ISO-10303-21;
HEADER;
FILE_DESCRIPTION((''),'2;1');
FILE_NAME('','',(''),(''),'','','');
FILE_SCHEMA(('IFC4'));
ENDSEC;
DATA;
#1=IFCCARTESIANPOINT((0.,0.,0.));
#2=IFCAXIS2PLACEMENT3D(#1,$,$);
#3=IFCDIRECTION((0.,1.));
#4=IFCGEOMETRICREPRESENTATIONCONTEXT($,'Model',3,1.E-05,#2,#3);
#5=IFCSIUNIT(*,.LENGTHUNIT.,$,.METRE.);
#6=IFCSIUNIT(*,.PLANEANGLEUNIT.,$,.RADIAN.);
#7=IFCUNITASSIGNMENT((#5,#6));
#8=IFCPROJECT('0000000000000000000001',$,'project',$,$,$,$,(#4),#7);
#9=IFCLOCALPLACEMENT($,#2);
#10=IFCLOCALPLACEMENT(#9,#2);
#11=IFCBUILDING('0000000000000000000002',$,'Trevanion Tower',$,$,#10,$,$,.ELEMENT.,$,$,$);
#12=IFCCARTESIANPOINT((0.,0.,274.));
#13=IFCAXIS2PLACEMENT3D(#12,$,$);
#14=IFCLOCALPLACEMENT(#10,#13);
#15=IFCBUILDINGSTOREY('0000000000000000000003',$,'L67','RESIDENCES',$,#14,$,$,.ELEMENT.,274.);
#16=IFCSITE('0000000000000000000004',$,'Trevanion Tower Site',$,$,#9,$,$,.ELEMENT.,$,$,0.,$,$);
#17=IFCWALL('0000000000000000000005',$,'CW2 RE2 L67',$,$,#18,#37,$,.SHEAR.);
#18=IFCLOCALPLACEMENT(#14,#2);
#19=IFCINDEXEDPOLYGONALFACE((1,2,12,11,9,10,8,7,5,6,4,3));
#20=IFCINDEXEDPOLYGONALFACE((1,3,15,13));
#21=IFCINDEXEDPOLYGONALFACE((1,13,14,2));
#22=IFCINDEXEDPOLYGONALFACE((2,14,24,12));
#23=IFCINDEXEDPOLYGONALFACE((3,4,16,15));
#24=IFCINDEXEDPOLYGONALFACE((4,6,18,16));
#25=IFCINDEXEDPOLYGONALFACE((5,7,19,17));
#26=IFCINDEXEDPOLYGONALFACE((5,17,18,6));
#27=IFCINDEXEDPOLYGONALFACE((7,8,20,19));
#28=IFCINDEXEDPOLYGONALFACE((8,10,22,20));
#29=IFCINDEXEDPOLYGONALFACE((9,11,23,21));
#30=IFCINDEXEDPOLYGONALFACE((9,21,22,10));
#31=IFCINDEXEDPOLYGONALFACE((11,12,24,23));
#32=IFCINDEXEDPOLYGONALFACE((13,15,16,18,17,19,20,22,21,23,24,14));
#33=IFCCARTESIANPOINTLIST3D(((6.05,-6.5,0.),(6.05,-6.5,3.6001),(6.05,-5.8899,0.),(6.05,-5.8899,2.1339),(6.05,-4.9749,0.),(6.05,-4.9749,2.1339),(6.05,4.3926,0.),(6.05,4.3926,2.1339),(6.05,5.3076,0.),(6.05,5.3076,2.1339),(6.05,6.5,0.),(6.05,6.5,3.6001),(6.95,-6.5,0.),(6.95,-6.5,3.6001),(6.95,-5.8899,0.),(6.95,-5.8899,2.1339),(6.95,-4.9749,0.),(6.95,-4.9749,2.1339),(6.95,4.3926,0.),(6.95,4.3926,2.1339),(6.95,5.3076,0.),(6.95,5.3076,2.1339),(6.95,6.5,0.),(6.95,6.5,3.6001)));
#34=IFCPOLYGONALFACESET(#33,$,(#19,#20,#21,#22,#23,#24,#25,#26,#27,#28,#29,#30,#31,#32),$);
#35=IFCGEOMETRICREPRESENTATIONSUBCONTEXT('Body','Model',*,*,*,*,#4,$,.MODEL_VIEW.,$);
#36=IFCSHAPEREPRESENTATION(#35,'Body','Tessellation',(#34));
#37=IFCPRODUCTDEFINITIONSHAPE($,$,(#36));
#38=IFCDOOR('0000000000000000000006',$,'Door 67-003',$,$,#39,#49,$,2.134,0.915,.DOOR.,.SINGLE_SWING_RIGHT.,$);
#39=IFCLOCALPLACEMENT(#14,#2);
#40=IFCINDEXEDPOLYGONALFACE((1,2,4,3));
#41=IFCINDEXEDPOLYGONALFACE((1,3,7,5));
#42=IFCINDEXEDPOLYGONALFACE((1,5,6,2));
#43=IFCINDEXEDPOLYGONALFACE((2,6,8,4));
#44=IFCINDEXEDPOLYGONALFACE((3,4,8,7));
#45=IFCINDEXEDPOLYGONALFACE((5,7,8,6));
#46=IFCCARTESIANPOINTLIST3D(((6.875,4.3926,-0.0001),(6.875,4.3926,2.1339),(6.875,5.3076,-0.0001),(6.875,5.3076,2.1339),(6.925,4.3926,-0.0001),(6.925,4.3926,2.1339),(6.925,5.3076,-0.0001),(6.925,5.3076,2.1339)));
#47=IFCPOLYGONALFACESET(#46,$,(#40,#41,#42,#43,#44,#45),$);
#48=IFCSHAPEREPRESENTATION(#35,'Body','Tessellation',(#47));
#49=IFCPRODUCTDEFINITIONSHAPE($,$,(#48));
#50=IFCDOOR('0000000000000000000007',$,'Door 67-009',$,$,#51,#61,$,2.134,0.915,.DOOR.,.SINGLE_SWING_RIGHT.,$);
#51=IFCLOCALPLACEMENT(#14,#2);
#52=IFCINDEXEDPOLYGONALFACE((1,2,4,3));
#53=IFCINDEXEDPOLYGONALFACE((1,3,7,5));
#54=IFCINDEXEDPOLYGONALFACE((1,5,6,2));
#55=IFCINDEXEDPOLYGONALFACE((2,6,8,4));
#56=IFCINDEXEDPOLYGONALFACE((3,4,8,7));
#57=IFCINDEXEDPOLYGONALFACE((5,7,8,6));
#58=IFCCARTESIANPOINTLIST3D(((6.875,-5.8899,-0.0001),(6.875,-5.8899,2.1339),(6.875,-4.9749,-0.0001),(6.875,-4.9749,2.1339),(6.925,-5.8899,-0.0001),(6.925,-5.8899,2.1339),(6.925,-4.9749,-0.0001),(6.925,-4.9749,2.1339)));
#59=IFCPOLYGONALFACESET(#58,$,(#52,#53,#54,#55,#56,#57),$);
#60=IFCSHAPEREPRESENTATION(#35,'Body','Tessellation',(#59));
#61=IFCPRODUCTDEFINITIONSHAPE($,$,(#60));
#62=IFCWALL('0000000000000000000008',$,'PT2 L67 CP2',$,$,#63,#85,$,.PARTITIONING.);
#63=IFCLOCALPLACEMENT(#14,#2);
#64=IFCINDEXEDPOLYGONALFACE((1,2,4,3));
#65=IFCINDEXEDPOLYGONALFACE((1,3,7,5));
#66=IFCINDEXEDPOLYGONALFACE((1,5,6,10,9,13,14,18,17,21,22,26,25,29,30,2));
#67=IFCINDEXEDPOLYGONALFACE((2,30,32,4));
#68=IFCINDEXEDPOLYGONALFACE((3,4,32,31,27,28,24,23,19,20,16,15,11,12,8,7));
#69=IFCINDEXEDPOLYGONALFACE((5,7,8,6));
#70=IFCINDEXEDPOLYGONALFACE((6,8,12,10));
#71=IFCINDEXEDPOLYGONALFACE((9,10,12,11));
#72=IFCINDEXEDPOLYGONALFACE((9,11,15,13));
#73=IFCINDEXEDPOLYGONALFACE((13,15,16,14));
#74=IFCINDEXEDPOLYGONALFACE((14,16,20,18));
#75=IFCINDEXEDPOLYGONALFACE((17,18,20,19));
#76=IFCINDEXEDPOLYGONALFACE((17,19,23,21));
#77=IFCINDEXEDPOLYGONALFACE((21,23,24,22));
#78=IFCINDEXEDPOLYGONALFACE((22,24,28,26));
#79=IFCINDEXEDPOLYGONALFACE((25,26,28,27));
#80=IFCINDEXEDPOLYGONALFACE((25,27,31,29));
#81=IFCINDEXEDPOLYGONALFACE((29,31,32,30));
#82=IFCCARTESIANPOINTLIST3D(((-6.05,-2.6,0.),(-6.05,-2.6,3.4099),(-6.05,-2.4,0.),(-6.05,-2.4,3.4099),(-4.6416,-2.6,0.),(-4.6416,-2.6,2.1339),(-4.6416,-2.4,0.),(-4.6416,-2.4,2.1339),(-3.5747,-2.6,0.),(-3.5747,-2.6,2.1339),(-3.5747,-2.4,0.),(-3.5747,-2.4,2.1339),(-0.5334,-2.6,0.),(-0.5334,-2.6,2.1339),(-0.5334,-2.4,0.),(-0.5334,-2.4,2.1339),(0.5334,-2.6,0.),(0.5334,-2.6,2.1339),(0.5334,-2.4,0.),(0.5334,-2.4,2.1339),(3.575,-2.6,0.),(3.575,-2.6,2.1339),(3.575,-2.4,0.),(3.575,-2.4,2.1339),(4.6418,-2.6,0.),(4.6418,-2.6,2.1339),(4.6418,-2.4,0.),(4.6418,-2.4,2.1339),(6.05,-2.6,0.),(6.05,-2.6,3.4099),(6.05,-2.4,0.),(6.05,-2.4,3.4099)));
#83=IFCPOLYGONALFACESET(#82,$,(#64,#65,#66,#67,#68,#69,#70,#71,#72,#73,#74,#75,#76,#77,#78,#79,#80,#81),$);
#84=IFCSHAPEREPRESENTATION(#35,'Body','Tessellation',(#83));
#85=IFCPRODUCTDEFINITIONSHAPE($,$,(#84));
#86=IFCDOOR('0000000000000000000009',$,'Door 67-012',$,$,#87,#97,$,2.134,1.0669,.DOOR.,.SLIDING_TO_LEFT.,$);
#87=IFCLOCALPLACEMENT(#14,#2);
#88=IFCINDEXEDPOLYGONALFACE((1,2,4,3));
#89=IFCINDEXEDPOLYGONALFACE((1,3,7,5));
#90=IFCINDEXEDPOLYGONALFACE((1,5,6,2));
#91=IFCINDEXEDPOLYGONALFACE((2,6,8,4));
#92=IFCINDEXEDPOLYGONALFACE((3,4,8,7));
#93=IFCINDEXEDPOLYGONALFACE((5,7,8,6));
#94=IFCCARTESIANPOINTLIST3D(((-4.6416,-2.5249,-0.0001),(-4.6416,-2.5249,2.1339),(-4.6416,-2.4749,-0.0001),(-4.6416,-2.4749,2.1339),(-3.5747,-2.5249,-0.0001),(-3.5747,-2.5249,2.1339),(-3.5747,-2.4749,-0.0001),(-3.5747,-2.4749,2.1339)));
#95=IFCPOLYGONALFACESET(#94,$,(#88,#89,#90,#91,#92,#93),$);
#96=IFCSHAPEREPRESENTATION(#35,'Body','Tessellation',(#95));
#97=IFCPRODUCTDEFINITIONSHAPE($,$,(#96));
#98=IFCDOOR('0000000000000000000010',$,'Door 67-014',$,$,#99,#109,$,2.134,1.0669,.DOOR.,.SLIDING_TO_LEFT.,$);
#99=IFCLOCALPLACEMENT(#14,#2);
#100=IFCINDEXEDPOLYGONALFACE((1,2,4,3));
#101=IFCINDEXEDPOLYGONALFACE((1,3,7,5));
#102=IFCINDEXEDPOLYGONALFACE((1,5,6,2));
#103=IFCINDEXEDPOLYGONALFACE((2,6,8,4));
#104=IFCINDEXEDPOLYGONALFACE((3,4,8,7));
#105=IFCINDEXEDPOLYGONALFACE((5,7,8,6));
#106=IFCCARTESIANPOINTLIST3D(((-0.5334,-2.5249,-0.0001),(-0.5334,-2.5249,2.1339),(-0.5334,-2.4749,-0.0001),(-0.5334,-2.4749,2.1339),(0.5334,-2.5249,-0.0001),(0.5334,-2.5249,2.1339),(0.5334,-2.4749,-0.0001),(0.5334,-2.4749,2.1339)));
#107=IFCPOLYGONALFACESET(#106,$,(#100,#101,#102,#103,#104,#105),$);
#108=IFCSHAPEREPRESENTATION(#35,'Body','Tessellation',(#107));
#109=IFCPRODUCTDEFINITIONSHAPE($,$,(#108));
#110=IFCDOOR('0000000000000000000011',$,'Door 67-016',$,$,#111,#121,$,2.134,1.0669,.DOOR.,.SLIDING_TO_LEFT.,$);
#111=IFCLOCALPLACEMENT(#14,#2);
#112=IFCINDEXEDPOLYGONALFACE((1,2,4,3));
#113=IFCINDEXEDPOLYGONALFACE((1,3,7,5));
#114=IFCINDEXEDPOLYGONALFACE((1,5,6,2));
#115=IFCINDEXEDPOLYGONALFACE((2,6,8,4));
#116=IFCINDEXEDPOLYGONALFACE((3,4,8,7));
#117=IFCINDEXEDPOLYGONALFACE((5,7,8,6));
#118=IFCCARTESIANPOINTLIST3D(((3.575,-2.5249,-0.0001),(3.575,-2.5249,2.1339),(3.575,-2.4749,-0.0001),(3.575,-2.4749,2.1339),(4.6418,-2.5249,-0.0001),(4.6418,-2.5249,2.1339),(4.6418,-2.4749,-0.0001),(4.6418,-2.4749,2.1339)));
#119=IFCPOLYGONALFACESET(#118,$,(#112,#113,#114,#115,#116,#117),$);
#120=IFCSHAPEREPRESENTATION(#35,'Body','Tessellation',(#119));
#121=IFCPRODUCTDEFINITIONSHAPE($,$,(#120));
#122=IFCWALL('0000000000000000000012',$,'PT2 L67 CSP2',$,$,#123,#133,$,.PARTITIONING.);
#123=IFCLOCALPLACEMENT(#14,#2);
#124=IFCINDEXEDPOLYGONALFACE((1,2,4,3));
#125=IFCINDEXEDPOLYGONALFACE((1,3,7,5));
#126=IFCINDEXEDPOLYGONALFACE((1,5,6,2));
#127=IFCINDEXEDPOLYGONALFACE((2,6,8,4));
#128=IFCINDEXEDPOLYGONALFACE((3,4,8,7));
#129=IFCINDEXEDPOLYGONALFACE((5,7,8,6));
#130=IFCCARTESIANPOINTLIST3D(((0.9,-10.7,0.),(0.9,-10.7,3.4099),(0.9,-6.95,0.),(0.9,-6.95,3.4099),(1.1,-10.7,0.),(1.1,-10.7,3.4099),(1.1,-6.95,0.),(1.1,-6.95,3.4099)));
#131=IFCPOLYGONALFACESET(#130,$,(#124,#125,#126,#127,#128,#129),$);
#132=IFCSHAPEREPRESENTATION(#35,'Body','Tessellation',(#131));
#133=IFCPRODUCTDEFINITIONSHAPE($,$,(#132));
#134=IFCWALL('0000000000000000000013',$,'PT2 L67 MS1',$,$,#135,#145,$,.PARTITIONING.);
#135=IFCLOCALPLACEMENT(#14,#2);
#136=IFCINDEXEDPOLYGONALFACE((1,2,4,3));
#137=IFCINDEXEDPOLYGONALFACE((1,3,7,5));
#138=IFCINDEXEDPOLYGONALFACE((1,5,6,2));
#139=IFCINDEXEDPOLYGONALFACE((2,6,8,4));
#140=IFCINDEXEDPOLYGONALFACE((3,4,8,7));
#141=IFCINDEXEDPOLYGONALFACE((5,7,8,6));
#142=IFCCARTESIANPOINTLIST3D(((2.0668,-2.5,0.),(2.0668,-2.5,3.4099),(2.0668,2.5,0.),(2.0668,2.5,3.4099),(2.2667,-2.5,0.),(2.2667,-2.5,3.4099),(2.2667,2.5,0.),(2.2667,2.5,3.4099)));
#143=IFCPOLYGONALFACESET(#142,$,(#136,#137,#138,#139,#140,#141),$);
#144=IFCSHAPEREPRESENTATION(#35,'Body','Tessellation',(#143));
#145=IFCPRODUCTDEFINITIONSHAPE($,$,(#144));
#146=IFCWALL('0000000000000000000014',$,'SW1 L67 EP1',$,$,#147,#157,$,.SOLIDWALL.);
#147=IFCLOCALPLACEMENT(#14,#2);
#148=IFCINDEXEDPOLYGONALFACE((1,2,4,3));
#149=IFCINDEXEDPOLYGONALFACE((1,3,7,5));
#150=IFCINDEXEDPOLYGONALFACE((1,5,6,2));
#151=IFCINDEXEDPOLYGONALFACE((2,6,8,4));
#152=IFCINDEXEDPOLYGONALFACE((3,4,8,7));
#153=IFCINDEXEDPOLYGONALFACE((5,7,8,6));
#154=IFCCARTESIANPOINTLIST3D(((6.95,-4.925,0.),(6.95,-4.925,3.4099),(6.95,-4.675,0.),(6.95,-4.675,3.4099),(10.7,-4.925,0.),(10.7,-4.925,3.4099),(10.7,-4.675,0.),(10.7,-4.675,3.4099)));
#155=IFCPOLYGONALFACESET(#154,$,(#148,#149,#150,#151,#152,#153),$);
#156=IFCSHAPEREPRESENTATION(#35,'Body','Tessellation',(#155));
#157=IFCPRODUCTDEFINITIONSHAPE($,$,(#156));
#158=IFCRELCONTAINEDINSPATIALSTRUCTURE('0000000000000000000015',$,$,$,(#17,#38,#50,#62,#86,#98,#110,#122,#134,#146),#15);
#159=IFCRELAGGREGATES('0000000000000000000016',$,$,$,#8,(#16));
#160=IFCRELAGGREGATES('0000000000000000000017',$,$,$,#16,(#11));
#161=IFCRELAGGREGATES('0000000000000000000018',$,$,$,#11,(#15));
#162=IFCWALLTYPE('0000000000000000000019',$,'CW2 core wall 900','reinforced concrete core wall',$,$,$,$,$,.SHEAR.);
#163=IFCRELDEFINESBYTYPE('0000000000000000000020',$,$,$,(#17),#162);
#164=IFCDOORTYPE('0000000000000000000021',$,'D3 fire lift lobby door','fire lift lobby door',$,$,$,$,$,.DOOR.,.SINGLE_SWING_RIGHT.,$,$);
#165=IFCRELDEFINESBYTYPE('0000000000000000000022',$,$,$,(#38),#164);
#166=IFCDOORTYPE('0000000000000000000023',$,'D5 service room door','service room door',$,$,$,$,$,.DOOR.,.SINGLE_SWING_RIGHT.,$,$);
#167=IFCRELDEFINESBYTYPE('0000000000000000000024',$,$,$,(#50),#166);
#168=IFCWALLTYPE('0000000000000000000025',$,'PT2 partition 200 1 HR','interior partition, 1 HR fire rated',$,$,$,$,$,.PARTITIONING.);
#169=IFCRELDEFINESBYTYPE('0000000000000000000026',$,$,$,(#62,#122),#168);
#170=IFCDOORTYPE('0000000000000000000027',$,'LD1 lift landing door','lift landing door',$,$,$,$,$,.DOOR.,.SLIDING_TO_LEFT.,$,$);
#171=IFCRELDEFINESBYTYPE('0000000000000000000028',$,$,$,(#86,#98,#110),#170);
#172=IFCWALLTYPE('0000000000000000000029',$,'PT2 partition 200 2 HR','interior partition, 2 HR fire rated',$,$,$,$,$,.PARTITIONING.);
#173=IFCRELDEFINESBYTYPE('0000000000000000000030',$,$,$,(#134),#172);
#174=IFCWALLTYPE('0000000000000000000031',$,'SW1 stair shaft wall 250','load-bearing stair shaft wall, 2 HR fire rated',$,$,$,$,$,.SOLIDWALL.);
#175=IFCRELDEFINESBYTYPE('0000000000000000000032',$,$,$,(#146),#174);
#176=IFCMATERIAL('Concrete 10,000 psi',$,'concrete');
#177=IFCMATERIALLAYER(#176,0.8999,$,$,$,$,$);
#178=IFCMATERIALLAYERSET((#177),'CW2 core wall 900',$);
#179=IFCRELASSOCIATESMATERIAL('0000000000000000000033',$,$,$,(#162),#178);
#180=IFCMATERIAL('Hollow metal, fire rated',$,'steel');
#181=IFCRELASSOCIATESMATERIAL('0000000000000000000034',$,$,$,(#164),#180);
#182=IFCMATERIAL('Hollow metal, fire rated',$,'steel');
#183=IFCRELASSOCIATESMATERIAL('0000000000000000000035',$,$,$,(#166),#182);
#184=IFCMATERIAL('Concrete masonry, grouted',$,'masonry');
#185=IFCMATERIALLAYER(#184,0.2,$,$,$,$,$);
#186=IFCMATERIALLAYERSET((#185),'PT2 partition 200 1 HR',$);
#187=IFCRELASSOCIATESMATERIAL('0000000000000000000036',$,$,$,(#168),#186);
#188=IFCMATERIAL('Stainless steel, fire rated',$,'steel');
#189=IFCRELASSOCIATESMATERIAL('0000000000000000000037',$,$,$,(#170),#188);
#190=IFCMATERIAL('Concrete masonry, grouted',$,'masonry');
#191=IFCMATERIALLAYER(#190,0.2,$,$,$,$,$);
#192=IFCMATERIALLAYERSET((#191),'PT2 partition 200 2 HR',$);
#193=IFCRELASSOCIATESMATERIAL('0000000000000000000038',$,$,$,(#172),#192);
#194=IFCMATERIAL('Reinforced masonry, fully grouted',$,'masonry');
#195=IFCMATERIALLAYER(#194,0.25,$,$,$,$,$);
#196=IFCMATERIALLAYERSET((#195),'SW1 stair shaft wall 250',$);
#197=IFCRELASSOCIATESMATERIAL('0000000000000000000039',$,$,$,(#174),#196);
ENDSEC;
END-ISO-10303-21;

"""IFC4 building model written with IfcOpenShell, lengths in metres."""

from ifc_helpers import new_model, si_unit, direction, frame, frame_2d, origin, place, context, subcontext, project, spatial, rectangle, extrude, material, layer, layer_set, type_object, element, fill, save


model = new_model("IFC4")

# Units and contexts
model_context = context("Model", 3, precision=1e-05, world=origin(), true_north=direction((0.0, 1.0)))
body_context = subcontext(model_context, "Body", "Model", "MODEL_VIEW")
ifc_project = project(units=[si_unit("LENGTHUNIT", "METRE"), si_unit("PLANEANGLEUNIT", "RADIAN")], contexts=[model_context])

# Site, building, storey
site_placement = place(None, origin())
site = spatial("IfcSite", under=ifc_project, at=site_placement, Name="Trevanion Tower Site", CompositionType="ELEMENT", RefElevation=0.0)
building_placement = place(site_placement, origin())
building = spatial("IfcBuilding", under=site, at=building_placement, Name="Trevanion Tower", CompositionType="ELEMENT")
storey_placement = place(building_placement, frame((0.0, 0.0, 274.0)))
storey = spatial("IfcBuildingStorey", under=building, at=storey_placement, Name="L67", Description="RESIDENCES", CompositionType="ELEMENT", Elevation=274.0)

# Walls, openings, doors
ifc_material_1 = material(Name="Concrete 10,000 psi", Category="concrete")
ifc_layer_1 = layer(ifc_material_1, 0.8999)
ifc_layer_set_1 = layer_set([ifc_layer_1], Name="CW2 core wall 900")
wall_type_1 = type_object("IfcWallType", Name="CW2 core wall 900", Description="reinforced concrete core wall", PredefinedType="SHEAR", material=ifc_layer_set_1)
wall_1_placement = place(storey_placement, frame((6.5, -6.5, 0.0), z_axis=(0.0, 0.0, 1.0), x_axis=(0.0, 1.0, 0.0)))
wall_1 = element("IfcWall", 1, at=wall_1_placement, inside=storey, type_object=wall_type_1, Name="CW2 RE2 L67", PredefinedType="SHEAR", context=body_context, shape_type="SweptSolid", body=[
    extrude(rectangle(XDim=13.0, YDim=0.8999, at=frame_2d((6.5, 0.0))), origin(), (0.0, 0.0, 1.0), 3.6001),
])
opening_1_placement = place(wall_1_placement, frame((10.8926, 0.0, 0.0)))
opening_1 = element("IfcOpeningElement", 2, at=opening_1_placement, cuts=wall_1, PredefinedType="OPENING", context=body_context, shape_type="SweptSolid", body=[
    extrude(rectangle(XDim=0.915, YDim=2.134, at=frame_2d((0.4575, 1.0669))), frame((0.0, 0.46, 0.0), z_axis=(0.0, -1.0, 0.0), x_axis=(1.0, 0.0, 0.0)), (0.0, 0.0, 1.0), 0.9199),
])
opening_2_placement = place(wall_1_placement, frame((0.6101, 0.0, 0.0)))
opening_2 = element("IfcOpeningElement", 3, at=opening_2_placement, cuts=wall_1, PredefinedType="OPENING", context=body_context, shape_type="SweptSolid", body=[
    extrude(rectangle(XDim=0.915, YDim=2.134, at=frame_2d((0.4575, 1.0669))), frame((0.0, 0.46, 0.0), z_axis=(0.0, -1.0, 0.0), x_axis=(1.0, 0.0, 0.0)), (0.0, 0.0, 1.0), 0.9199),
])
ifc_material_2 = material(Name="Hollow metal, fire rated", Category="steel")
door_type_1 = type_object("IfcDoorType", Name="D3 fire lift lobby door", Description="fire lift lobby door", OperationType="SINGLE_SWING_RIGHT", PredefinedType="DOOR", material=ifc_material_2)
door_1_placement = place(opening_1_placement, origin())
door_1 = element("IfcDoor", 4, at=door_1_placement, inside=storey, type_object=door_type_1, Name="Door 67-003", OperationType="SINGLE_SWING_RIGHT", OverallHeight=2.134, OverallWidth=0.915, PredefinedType="DOOR", context=body_context, shape_type="SweptSolid", body=[
    extrude(rectangle(XDim=0.915, YDim=2.134, at=frame_2d((0.4575, 1.0669))), frame((0.0, -0.375, 0.0), z_axis=(0.0, -1.0, 0.0), x_axis=(1.0, 0.0, 0.0)), (0.0, 0.0, 1.0), 0.05),
])
fill(opening_1, door_1)
ifc_material_3 = material(Name="Hollow metal, fire rated", Category="steel")
door_type_2 = type_object("IfcDoorType", Name="D5 service room door", Description="service room door", OperationType="SINGLE_SWING_RIGHT", PredefinedType="DOOR", material=ifc_material_3)
door_2_placement = place(opening_2_placement, origin())
door_2 = element("IfcDoor", 5, at=door_2_placement, inside=storey, type_object=door_type_2, Name="Door 67-009", OperationType="SINGLE_SWING_RIGHT", OverallHeight=2.134, OverallWidth=0.915, PredefinedType="DOOR", context=body_context, shape_type="SweptSolid", body=[
    extrude(rectangle(XDim=0.915, YDim=2.134, at=frame_2d((0.4575, 1.0669))), frame((0.0, -0.375, 0.0), z_axis=(0.0, -1.0, 0.0), x_axis=(1.0, 0.0, 0.0)), (0.0, 0.0, 1.0), 0.05),
])
fill(opening_2, door_2)
ifc_material_4 = material(Name="Concrete masonry, grouted", Category="masonry")
ifc_layer_2 = layer(ifc_material_4, 0.2)
ifc_layer_set_2 = layer_set([ifc_layer_2], Name="PT2 partition 200 1 HR")
wall_type_2 = type_object("IfcWallType", Name="PT2 partition 200 1 HR", Description="interior partition, 1 HR fire rated", PredefinedType="PARTITIONING", material=ifc_layer_set_2)
wall_2_placement = place(storey_placement, frame((6.05, -2.5, 0.0), z_axis=(0.0, 0.0, 1.0), x_axis=(-1.0, 0.0, 0.0)))
wall_2 = element("IfcWall", 6, at=wall_2_placement, inside=storey, type_object=wall_type_2, Name="PT2 L67 CP2", PredefinedType="PARTITIONING", context=body_context, shape_type="SweptSolid", body=[
    extrude(rectangle(XDim=12.1001, YDim=0.2, at=frame_2d((6.05, 0.0))), origin(), (0.0, 0.0, 1.0), 3.4099),
])
opening_3_placement = place(wall_2_placement, frame((9.6248, 0.0, 0.0)))
opening_3 = element("IfcOpeningElement", 7, at=opening_3_placement, cuts=wall_2, PredefinedType="OPENING", context=body_context, shape_type="SweptSolid", body=[
    extrude(rectangle(XDim=1.0669, YDim=2.134, at=frame_2d((0.5334, 1.0669))), frame((0.0, 0.1099, 0.0), z_axis=(0.0, -1.0, 0.0), x_axis=(1.0, 0.0, 0.0)), (0.0, 0.0, 1.0), 0.22),
])
opening_4_placement = place(wall_2_placement, frame((5.5166, 0.0, 0.0)))
opening_4 = element("IfcOpeningElement", 8, at=opening_4_placement, cuts=wall_2, PredefinedType="OPENING", context=body_context, shape_type="SweptSolid", body=[
    extrude(rectangle(XDim=1.0669, YDim=2.134, at=frame_2d((0.5334, 1.0669))), frame((0.0, 0.1099, 0.0), z_axis=(0.0, -1.0, 0.0), x_axis=(1.0, 0.0, 0.0)), (0.0, 0.0, 1.0), 0.22),
])
opening_5_placement = place(wall_2_placement, frame((1.4082, 0.0, 0.0)))
opening_5 = element("IfcOpeningElement", 9, at=opening_5_placement, cuts=wall_2, PredefinedType="OPENING", context=body_context, shape_type="SweptSolid", body=[
    extrude(rectangle(XDim=1.0669, YDim=2.134, at=frame_2d((0.5334, 1.0669))), frame((0.0, 0.1099, 0.0), z_axis=(0.0, -1.0, 0.0), x_axis=(1.0, 0.0, 0.0)), (0.0, 0.0, 1.0), 0.22),
])
ifc_material_5 = material(Name="Stainless steel, fire rated", Category="steel")
door_type_3 = type_object("IfcDoorType", Name="LD1 lift landing door", Description="lift landing door", OperationType="SLIDING_TO_LEFT", PredefinedType="DOOR", material=ifc_material_5)
door_3_placement = place(opening_3_placement, origin())
door_3 = element("IfcDoor", 10, at=door_3_placement, inside=storey, type_object=door_type_3, Name="Door 67-012", OperationType="SLIDING_TO_LEFT", OverallHeight=2.134, OverallWidth=1.0669, PredefinedType="DOOR", context=body_context, shape_type="SweptSolid", body=[
    extrude(rectangle(XDim=1.0669, YDim=2.134, at=frame_2d((0.5334, 1.0669))), frame((0.0, 0.0249, 0.0), z_axis=(0.0, -1.0, 0.0), x_axis=(1.0, 0.0, 0.0)), (0.0, 0.0, 1.0), 0.05),
])
fill(opening_3, door_3)
door_4_placement = place(opening_4_placement, origin())
door_4 = element("IfcDoor", 11, at=door_4_placement, inside=storey, type_object=door_type_3, Name="Door 67-014", OperationType="SLIDING_TO_LEFT", OverallHeight=2.134, OverallWidth=1.0669, PredefinedType="DOOR", context=body_context, shape_type="SweptSolid", body=[
    extrude(rectangle(XDim=1.0669, YDim=2.134, at=frame_2d((0.5334, 1.0669))), frame((0.0, 0.0249, 0.0), z_axis=(0.0, -1.0, 0.0), x_axis=(1.0, 0.0, 0.0)), (0.0, 0.0, 1.0), 0.05),
])
fill(opening_4, door_4)
door_5_placement = place(opening_5_placement, origin())
door_5 = element("IfcDoor", 12, at=door_5_placement, inside=storey, type_object=door_type_3, Name="Door 67-016", OperationType="SLIDING_TO_LEFT", OverallHeight=2.134, OverallWidth=1.0669, PredefinedType="DOOR", context=body_context, shape_type="SweptSolid", body=[
    extrude(rectangle(XDim=1.0669, YDim=2.134, at=frame_2d((0.5334, 1.0669))), frame((0.0, 0.0249, 0.0), z_axis=(0.0, -1.0, 0.0), x_axis=(1.0, 0.0, 0.0)), (0.0, 0.0, 1.0), 0.05),
])
fill(opening_5, door_5)

# Walls
wall_3_placement = place(storey_placement, frame((1.0, -6.95, 0.0), z_axis=(0.0, 0.0, 1.0), x_axis=(0.0, -1.0, 0.0)))
element("IfcWall", 13, at=wall_3_placement, inside=storey, type_object=wall_type_2, Name="PT2 L67 CSP2", PredefinedType="PARTITIONING", context=body_context, shape_type="SweptSolid", body=[
    extrude(rectangle(XDim=3.75, YDim=0.2, at=frame_2d((1.875, 0.0))), origin(), (0.0, 0.0, 1.0), 3.4099),
])
ifc_material_6 = material(Name="Concrete masonry, grouted", Category="masonry")
ifc_layer_3 = layer(ifc_material_6, 0.2)
ifc_layer_set_3 = layer_set([ifc_layer_3], Name="PT2 partition 200 2 HR")
wall_type_3 = type_object("IfcWallType", Name="PT2 partition 200 2 HR", Description="interior partition, 2 HR fire rated", PredefinedType="PARTITIONING", material=ifc_layer_set_3)
wall_4_placement = place(storey_placement, frame((2.1667, -2.5, 0.0), z_axis=(0.0, 0.0, 1.0), x_axis=(0.0, 1.0, 0.0)))
element("IfcWall", 14, at=wall_4_placement, inside=storey, type_object=wall_type_3, Name="PT2 L67 MS1", PredefinedType="PARTITIONING", context=body_context, shape_type="SweptSolid", body=[
    extrude(rectangle(XDim=5.0, YDim=0.2, at=frame_2d((2.5, 0.0))), origin(), (0.0, 0.0, 1.0), 3.4099),
])
ifc_material_7 = material(Name="Reinforced masonry, fully grouted", Category="masonry")
ifc_layer_4 = layer(ifc_material_7, 0.25)
ifc_layer_set_4 = layer_set([ifc_layer_4], Name="SW1 stair shaft wall 250")
wall_type_4 = type_object("IfcWallType", Name="SW1 stair shaft wall 250", Description="load-bearing stair shaft wall, 2 HR fire rated", PredefinedType="SOLIDWALL", material=ifc_layer_set_4)
wall_5_placement = place(storey_placement, frame((6.95, -4.8, 0.0), z_axis=(0.0, 0.0, 1.0), x_axis=(1.0, 0.0, 0.0)))
element("IfcWall", 15, at=wall_5_placement, inside=storey, type_object=wall_type_4, Name="SW1 L67 EP1", PredefinedType="SOLIDWALL", context=body_context, shape_type="SweptSolid", body=[
    extrude(rectangle(XDim=3.75, YDim=0.25, at=frame_2d((1.875, 0.0))), origin(), (0.0, 0.0, 1.0), 3.4099),
])

save(model, "model.ifc")
